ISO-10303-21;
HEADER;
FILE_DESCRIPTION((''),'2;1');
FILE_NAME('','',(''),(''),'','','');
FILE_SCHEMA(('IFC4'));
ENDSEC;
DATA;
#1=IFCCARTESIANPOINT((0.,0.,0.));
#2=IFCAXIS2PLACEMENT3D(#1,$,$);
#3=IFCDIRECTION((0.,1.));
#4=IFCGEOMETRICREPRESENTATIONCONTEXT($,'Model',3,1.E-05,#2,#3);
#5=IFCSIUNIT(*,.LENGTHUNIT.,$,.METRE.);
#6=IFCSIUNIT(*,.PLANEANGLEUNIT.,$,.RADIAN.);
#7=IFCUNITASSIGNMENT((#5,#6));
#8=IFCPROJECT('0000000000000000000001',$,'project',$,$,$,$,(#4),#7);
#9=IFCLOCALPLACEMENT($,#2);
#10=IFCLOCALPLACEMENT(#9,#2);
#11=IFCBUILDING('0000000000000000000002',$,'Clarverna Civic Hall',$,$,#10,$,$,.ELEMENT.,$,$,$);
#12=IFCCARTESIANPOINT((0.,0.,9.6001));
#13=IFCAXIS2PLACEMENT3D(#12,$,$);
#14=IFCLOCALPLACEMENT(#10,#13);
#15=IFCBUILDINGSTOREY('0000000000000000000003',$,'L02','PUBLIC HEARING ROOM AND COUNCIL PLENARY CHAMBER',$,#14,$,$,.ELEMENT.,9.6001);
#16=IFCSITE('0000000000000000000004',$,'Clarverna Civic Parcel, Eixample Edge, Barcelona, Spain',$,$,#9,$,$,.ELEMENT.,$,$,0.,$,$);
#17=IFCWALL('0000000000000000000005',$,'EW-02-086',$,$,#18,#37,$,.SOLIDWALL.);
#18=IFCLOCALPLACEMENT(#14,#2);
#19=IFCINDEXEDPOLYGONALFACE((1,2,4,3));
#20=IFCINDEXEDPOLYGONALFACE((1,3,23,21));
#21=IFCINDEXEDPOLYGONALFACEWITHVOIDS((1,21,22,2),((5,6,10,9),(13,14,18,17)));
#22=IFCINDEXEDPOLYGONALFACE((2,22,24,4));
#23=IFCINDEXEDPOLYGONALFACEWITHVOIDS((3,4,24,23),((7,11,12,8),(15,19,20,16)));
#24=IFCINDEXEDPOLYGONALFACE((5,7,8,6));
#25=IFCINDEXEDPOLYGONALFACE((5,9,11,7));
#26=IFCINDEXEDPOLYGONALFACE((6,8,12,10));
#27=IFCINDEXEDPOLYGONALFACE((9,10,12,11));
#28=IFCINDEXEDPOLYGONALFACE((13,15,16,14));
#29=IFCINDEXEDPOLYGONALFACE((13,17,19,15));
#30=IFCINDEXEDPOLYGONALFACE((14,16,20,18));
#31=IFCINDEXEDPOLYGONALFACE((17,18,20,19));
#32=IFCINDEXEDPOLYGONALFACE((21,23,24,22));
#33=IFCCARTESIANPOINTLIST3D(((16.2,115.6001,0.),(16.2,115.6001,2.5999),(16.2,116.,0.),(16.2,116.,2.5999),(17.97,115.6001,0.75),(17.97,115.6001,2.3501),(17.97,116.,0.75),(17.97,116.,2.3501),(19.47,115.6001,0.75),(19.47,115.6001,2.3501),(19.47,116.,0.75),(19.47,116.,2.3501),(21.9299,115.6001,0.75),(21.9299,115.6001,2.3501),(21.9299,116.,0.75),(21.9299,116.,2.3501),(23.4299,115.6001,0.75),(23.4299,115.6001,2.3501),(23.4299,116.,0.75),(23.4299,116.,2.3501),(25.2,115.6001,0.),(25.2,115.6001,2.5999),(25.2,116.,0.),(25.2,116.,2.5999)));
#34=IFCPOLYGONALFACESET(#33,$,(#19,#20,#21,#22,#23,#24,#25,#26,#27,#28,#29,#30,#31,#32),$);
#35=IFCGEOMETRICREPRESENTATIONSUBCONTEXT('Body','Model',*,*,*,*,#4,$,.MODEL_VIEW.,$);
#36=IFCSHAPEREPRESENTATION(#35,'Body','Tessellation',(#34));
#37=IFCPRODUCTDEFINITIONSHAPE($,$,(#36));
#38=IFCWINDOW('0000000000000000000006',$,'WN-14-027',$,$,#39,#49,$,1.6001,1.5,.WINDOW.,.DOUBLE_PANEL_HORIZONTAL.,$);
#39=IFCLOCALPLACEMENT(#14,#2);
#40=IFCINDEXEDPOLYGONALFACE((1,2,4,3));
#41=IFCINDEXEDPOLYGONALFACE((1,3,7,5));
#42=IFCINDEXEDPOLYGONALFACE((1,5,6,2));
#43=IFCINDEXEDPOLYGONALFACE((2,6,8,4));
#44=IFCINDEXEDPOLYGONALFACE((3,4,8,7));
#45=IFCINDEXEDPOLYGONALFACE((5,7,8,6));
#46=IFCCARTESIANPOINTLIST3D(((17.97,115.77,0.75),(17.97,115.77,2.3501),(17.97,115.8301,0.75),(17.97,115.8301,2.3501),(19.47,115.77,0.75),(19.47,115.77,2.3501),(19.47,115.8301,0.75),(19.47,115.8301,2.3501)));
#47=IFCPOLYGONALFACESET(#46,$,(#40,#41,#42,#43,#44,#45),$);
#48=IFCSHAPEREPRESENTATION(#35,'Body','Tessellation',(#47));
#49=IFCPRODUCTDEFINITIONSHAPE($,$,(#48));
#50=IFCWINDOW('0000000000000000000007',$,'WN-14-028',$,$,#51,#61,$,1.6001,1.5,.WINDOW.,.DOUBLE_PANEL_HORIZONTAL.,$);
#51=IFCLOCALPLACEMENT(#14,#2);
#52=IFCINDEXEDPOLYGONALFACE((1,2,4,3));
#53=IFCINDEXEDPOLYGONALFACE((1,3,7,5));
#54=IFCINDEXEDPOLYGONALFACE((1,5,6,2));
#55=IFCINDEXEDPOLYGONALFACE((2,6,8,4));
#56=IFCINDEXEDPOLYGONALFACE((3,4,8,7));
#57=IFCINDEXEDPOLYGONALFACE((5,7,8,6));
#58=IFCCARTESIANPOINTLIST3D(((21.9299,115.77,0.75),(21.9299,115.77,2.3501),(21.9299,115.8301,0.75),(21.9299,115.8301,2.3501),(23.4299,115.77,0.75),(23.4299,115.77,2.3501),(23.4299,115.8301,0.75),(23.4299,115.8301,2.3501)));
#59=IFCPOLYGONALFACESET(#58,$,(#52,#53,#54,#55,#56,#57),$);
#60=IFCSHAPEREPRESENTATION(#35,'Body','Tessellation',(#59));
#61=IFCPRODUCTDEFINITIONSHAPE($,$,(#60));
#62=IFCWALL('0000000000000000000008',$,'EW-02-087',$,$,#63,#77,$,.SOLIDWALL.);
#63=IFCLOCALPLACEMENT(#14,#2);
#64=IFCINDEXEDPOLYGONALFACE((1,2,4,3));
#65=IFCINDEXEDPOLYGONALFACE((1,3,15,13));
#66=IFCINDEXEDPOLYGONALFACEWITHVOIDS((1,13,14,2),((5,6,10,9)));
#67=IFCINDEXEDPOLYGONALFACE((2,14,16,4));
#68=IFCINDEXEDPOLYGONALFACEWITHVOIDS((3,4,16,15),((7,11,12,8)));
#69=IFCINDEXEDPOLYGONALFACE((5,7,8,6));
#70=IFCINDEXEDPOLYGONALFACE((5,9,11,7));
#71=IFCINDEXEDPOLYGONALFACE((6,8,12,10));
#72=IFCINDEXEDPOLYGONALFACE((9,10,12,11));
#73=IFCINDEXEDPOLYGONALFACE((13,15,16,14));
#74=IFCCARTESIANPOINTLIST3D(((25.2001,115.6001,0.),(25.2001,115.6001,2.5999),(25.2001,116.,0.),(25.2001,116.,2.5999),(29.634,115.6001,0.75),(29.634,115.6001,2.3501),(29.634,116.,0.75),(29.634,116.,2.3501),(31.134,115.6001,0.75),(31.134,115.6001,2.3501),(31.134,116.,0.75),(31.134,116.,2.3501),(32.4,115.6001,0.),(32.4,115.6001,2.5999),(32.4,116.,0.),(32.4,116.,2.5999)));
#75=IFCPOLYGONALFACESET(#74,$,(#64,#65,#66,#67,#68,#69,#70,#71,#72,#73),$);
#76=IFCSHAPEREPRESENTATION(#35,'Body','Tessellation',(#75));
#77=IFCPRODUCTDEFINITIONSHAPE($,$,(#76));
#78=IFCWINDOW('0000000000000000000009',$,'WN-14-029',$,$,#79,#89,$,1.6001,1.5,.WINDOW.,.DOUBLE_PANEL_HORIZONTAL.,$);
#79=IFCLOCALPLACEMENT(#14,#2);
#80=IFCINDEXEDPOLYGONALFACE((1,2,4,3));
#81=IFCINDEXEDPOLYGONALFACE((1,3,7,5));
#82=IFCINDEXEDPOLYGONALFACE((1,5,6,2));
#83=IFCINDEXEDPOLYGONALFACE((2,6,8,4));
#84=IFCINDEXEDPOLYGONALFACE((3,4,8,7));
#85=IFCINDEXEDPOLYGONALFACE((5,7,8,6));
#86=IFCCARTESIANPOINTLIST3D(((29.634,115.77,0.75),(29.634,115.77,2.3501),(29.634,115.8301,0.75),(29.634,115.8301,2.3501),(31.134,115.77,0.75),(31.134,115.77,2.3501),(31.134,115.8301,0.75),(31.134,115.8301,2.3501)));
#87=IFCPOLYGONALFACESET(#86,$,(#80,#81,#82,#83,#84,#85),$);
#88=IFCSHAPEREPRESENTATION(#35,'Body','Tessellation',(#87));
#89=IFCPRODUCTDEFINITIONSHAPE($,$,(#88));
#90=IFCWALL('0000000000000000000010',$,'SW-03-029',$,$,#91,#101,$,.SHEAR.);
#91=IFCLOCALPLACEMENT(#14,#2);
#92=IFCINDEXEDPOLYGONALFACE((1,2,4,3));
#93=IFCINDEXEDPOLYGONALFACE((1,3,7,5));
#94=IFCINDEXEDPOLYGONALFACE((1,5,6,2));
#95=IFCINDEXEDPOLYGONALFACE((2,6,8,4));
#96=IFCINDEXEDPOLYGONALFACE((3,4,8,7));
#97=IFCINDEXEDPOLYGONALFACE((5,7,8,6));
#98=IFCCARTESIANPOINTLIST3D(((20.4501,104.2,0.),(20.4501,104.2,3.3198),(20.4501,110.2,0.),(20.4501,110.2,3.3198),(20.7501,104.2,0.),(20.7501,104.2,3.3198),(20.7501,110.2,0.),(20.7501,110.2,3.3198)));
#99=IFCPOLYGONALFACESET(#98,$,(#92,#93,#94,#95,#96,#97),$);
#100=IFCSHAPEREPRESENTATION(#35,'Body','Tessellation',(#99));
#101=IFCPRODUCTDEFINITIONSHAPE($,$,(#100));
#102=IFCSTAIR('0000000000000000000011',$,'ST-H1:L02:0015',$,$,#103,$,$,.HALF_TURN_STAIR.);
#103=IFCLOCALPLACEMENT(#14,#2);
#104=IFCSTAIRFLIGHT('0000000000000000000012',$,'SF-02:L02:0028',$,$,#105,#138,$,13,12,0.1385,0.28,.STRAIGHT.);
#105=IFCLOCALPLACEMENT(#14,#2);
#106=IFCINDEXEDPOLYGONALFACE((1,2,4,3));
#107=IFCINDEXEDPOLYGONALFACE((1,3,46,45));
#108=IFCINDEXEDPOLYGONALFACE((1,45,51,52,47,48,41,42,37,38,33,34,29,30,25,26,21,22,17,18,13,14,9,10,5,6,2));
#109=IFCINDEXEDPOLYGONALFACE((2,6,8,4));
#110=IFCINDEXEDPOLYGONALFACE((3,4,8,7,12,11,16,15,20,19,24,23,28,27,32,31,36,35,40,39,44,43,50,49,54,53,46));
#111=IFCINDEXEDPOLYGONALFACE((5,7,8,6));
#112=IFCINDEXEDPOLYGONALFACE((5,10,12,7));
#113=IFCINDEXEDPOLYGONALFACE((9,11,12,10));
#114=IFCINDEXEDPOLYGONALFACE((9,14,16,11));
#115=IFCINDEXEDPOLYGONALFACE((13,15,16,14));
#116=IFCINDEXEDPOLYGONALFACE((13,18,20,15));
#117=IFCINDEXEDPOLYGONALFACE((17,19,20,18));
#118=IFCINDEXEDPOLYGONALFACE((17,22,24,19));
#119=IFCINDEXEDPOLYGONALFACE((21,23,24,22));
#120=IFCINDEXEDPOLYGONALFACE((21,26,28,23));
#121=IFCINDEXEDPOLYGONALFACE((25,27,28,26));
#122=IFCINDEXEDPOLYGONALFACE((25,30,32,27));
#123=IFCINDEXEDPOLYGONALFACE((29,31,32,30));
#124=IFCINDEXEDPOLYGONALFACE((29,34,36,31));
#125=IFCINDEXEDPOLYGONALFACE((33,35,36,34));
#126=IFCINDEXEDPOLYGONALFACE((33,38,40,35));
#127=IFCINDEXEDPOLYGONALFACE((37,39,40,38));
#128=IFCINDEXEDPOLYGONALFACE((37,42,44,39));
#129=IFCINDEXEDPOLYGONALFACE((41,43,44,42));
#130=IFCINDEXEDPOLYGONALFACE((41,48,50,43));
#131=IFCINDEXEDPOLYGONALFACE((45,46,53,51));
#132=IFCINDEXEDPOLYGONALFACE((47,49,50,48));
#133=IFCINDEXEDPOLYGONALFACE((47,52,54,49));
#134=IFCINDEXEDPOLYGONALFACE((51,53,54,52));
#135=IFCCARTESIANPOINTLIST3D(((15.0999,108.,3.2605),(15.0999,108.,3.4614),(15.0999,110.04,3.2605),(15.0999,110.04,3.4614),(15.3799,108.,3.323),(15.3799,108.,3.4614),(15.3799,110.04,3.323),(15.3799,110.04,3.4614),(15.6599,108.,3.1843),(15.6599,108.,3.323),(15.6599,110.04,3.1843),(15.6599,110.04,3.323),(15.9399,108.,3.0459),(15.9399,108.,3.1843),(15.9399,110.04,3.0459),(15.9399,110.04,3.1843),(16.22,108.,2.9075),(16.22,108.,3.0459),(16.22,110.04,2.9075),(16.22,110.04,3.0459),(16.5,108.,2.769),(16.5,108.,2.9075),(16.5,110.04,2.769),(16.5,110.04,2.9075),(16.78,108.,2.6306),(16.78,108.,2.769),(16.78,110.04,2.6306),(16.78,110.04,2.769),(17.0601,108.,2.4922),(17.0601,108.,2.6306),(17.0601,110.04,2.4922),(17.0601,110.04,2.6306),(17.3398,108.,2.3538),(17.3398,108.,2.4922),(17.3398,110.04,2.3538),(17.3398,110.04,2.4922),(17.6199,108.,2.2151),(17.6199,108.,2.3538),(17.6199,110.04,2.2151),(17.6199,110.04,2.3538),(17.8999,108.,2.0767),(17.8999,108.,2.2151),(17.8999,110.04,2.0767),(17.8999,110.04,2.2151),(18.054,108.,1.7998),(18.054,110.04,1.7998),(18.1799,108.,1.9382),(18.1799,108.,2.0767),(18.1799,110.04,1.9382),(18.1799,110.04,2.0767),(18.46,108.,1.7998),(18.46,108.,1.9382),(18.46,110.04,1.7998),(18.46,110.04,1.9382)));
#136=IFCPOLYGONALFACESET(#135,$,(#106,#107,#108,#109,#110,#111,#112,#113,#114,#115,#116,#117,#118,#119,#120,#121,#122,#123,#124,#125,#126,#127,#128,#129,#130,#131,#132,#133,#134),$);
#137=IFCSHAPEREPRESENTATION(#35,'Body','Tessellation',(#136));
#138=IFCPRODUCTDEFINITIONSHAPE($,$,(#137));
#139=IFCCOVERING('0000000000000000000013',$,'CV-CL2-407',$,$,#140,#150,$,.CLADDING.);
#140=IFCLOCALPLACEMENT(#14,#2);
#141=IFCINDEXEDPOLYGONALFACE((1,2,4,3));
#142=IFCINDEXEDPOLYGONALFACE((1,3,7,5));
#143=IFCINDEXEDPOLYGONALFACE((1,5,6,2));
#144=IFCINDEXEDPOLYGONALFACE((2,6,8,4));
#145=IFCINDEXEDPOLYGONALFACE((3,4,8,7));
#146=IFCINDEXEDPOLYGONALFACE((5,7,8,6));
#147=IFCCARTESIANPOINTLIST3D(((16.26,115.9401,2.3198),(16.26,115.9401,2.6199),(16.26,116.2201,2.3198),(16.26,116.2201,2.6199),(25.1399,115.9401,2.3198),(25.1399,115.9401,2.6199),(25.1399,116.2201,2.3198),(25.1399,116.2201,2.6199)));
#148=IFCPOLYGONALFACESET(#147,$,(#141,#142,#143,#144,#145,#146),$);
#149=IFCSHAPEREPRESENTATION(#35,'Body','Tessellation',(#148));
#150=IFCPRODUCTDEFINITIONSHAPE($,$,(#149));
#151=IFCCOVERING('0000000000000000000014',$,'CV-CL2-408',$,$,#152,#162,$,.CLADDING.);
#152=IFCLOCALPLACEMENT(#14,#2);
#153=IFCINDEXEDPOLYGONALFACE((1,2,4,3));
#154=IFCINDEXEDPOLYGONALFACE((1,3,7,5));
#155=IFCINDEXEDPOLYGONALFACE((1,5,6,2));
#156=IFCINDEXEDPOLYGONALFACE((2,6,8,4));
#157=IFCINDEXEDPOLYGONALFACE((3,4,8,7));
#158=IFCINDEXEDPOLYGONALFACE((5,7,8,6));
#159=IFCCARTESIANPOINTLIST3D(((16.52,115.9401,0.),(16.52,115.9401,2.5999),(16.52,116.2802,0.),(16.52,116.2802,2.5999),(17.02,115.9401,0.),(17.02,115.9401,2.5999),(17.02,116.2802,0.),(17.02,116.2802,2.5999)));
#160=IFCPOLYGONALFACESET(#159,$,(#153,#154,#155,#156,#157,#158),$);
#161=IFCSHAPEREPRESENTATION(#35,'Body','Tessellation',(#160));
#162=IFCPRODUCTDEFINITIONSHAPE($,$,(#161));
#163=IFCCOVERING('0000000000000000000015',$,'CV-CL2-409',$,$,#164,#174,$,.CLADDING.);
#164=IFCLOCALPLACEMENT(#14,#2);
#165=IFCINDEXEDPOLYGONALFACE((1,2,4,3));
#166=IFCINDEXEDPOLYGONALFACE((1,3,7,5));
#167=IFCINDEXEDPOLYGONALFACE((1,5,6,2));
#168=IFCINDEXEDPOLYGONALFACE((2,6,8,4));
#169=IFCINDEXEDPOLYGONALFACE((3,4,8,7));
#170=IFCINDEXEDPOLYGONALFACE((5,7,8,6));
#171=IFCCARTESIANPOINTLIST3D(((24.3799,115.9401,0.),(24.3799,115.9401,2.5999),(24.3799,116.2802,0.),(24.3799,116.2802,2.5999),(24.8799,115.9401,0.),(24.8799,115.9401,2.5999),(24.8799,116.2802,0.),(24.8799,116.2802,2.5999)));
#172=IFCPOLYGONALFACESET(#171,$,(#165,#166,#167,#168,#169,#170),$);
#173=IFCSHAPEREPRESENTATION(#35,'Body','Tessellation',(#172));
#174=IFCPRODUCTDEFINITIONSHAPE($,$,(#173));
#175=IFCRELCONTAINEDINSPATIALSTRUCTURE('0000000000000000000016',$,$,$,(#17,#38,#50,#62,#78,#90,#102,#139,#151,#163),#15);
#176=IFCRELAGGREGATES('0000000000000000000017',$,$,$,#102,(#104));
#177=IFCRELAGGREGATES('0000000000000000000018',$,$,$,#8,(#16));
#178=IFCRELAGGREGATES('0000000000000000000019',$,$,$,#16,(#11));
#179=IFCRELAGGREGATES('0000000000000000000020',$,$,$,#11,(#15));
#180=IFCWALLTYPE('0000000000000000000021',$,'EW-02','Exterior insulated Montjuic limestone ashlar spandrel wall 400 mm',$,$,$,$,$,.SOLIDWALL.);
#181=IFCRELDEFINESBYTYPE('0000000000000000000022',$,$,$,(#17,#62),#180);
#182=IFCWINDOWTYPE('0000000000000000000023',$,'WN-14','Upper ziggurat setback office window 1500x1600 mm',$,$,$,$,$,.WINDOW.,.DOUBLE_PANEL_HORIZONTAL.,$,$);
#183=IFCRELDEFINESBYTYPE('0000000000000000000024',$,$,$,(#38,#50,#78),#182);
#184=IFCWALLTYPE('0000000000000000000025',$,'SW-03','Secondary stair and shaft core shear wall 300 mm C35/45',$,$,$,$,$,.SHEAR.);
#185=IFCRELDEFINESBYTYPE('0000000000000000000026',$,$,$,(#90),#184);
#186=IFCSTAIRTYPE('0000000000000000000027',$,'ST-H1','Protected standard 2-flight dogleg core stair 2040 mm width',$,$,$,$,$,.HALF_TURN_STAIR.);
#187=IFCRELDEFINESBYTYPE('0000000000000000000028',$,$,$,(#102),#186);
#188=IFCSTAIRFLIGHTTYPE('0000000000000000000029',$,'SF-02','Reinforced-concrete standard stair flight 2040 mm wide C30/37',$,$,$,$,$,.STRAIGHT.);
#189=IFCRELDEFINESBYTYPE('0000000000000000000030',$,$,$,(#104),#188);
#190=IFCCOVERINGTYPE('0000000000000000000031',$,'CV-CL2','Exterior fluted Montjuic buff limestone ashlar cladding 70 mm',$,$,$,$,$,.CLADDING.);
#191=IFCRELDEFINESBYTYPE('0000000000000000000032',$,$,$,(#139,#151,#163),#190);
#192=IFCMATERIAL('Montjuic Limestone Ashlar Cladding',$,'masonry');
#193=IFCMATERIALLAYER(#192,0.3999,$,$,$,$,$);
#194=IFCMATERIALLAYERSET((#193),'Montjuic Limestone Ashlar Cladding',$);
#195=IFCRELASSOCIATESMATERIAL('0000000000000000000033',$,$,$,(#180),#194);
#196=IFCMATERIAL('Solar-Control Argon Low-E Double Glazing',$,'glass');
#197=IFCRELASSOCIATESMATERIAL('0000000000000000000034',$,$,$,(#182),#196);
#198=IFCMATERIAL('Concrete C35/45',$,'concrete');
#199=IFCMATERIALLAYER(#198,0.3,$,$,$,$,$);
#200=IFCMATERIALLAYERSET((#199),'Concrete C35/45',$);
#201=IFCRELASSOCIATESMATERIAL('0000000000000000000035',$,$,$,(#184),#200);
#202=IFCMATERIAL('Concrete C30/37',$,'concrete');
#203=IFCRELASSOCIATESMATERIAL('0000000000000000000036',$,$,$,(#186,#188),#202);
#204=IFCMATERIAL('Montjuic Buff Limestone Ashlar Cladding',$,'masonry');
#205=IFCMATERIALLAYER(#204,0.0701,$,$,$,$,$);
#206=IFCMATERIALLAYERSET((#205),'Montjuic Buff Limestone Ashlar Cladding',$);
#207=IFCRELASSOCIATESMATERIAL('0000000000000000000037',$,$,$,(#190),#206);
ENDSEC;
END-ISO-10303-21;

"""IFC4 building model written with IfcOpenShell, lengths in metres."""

from ifc_helpers import new_model, si_unit, direction, frame, frame_2d, origin, place, context, subcontext, project, spatial, polyline, rectangle, outline, extrude, material, layer, layer_set, type_object, element, fill, aggregate, save


model = new_model("IFC4")

# Units and contexts
model_context = context("Model", 3, precision=1e-05, world=origin(), true_north=direction((0.0, 1.0)))
body_context = subcontext(model_context, "Body", "Model", "MODEL_VIEW")
ifc_project = project(units=[si_unit("LENGTHUNIT", "METRE"), si_unit("PLANEANGLEUNIT", "RADIAN")], contexts=[model_context])

# Site, building, storey
site_placement = place(None, origin())
site = spatial("IfcSite", under=ifc_project, at=site_placement, Name="Clarverna Civic Parcel, Eixample Edge, Barcelona, Spain", CompositionType="ELEMENT", RefElevation=0.0)
building_placement = place(site_placement, origin())
building = spatial("IfcBuilding", under=site, at=building_placement, Name="Clarverna Civic Hall", CompositionType="ELEMENT")
storey_placement = place(building_placement, frame((0.0, 0.0, 9.6001)))
storey = spatial("IfcBuildingStorey", under=building, at=storey_placement, Name="L02", Description="PUBLIC HEARING ROOM AND COUNCIL PLENARY CHAMBER", CompositionType="ELEMENT", Elevation=9.6001)

# Shared definitions
ifc_material_1 = material(Name="Concrete C35/45", Category="concrete")

# Wall, openings, windows
ifc_material_2 = material(Name="Montjuic Limestone Ashlar Cladding", Category="masonry")
ifc_layer_1 = layer(ifc_material_2, 0.3999)
ifc_layer_set_1 = layer_set([ifc_layer_1], Name="Montjuic Limestone Ashlar Cladding")
wall_type_1 = type_object("IfcWallType", Name="EW-02", Description="Exterior insulated Montjuic limestone ashlar spandrel wall 400 mm", PredefinedType="SOLIDWALL", material=ifc_layer_set_1)
wall_1_placement = place(storey_placement, frame((16.2, 115.8, 0.0), z_axis=(0.0, 0.0, 1.0), x_axis=(1.0, 0.0, 0.0)))
wall_1 = element("IfcWall", 1, at=wall_1_placement, inside=storey, type_object=wall_type_1, Name="EW-02-086", PredefinedType="SOLIDWALL", context=body_context, shape_type="SweptSolid", body=[
    extrude(rectangle(XDim=9.0, YDim=0.3999, at=frame_2d((4.5, 0.0))), origin(), (0.0, 0.0, 1.0), 2.5999),
])
opening_1_placement = place(wall_1_placement, frame((1.77, 0.0, 0.75)))
opening_1 = element("IfcOpeningElement", 2, at=opening_1_placement, cuts=wall_1, PredefinedType="OPENING", context=body_context, shape_type="SweptSolid", body=[
    extrude(rectangle(XDim=1.5, YDim=1.6001, at=frame_2d((0.75, 0.8))), frame((0.0, 0.21, 0.0), z_axis=(0.0, -1.0, 0.0), x_axis=(1.0, 0.0, 0.0)), (0.0, 0.0, 1.0), 0.4199),
])
opening_2_placement = place(wall_1_placement, frame((5.73, 0.0, 0.75)))
opening_2 = element("IfcOpeningElement", 3, at=opening_2_placement, cuts=wall_1, PredefinedType="OPENING", context=body_context, shape_type="SweptSolid", body=[
    extrude(rectangle(XDim=1.5, YDim=1.6001, at=frame_2d((0.75, 0.8))), frame((0.0, 0.21, 0.0), z_axis=(0.0, -1.0, 0.0), x_axis=(1.0, 0.0, 0.0)), (0.0, 0.0, 1.0), 0.4199),
])
ifc_material_3 = material(Name="Solar-Control Argon Low-E Double Glazing", Category="glass")
window_type = type_object("IfcWindowType", Name="WN-14", Description="Upper ziggurat setback office window 1500x1600 mm", PartitioningType="DOUBLE_PANEL_HORIZONTAL", PredefinedType="WINDOW", material=ifc_material_3)
window_1_placement = place(opening_1_placement, origin())
window_1 = element("IfcWindow", 4, at=window_1_placement, inside=storey, type_object=window_type, Name="WN-14-027", OverallHeight=1.6001, OverallWidth=1.5, PartitioningType="DOUBLE_PANEL_HORIZONTAL", PredefinedType="WINDOW", context=body_context, shape_type="SweptSolid", body=[
    extrude(rectangle(XDim=1.5, YDim=1.6001, at=frame_2d((0.75, 0.8))), frame((0.0, 0.03, 0.0), z_axis=(0.0, -1.0, 0.0), x_axis=(1.0, 0.0, 0.0)), (0.0, 0.0, 1.0), 0.0601),
])
fill(opening_1, window_1)
window_2_placement = place(opening_2_placement, origin())
window_2 = element("IfcWindow", 5, at=window_2_placement, inside=storey, type_object=window_type, Name="WN-14-028", OverallHeight=1.6001, OverallWidth=1.5, PartitioningType="DOUBLE_PANEL_HORIZONTAL", PredefinedType="WINDOW", context=body_context, shape_type="SweptSolid", body=[
    extrude(rectangle(XDim=1.5, YDim=1.6001, at=frame_2d((0.75, 0.8))), frame((0.0, 0.03, 0.0), z_axis=(0.0, -1.0, 0.0), x_axis=(1.0, 0.0, 0.0)), (0.0, 0.0, 1.0), 0.0601),
])
fill(opening_2, window_2)

# Wall, opening, window
wall_2_placement = place(storey_placement, frame((25.2, 115.8, 0.0), z_axis=(0.0, 0.0, 1.0), x_axis=(1.0, 0.0, 0.0)))
wall_2 = element("IfcWall", 6, at=wall_2_placement, inside=storey, type_object=wall_type_1, Name="EW-02-087", PredefinedType="SOLIDWALL", context=body_context, shape_type="SweptSolid", body=[
    extrude(rectangle(XDim=7.2, YDim=0.3999, at=frame_2d((3.6001, 0.0))), origin(), (0.0, 0.0, 1.0), 2.5999),
])
opening_3_placement = place(wall_2_placement, frame((4.4341, 0.0, 0.75)))
opening_3 = element("IfcOpeningElement", 7, at=opening_3_placement, cuts=wall_2, PredefinedType="OPENING", context=body_context, shape_type="SweptSolid", body=[
    extrude(rectangle(XDim=1.5, YDim=1.6001, at=frame_2d((0.75, 0.8))), frame((0.0, 0.21, 0.0), z_axis=(0.0, -1.0, 0.0), x_axis=(1.0, 0.0, 0.0)), (0.0, 0.0, 1.0), 0.4199),
])
window_3_placement = place(opening_3_placement, origin())
window_3 = element("IfcWindow", 8, at=window_3_placement, inside=storey, type_object=window_type, Name="WN-14-029", OverallHeight=1.6001, OverallWidth=1.5, PartitioningType="DOUBLE_PANEL_HORIZONTAL", PredefinedType="WINDOW", context=body_context, shape_type="SweptSolid", body=[
    extrude(rectangle(XDim=1.5, YDim=1.6001, at=frame_2d((0.75, 0.8))), frame((0.0, 0.03, 0.0), z_axis=(0.0, -1.0, 0.0), x_axis=(1.0, 0.0, 0.0)), (0.0, 0.0, 1.0), 0.0601),
])
fill(opening_3, window_3)

# Wall
ifc_layer_2 = layer(ifc_material_1, 0.3)
ifc_layer_set_2 = layer_set([ifc_layer_2], Name="Concrete C35/45")
wall_type_2 = type_object("IfcWallType", Name="SW-03", Description="Secondary stair and shaft core shear wall 300 mm C35/45", PredefinedType="SHEAR", material=ifc_layer_set_2)
wall_3_placement = place(storey_placement, frame((20.6001, 104.2, 0.0), z_axis=(0.0, 0.0, 1.0), x_axis=(0.0, 1.0, 0.0)))
element("IfcWall", 9, at=wall_3_placement, inside=storey, type_object=wall_type_2, Name="SW-03-029", PredefinedType="SHEAR", context=body_context, shape_type="SweptSolid", body=[
    extrude(rectangle(XDim=6.0, YDim=0.3, at=frame_2d((3.0, 0.0))), origin(), (0.0, 0.0, 1.0), 3.3198),
])

# Stair, stair flight
ifc_material_4 = material(Name="Concrete C30/37", Category="concrete")
stair_type = type_object("IfcStairType", Name="ST-H1", Description="Protected standard 2-flight dogleg core stair 2040 mm width", PredefinedType="HALF_TURN_STAIR", material=ifc_material_4)
stair_placement = place(storey_placement, origin())
stair = element("IfcStair", 10, at=stair_placement, inside=storey, type_object=stair_type, Name="ST-H1:L02:0015", PredefinedType="HALF_TURN_STAIR")
stair_flight_type = type_object("IfcStairFlightType", Name="SF-02", Description="Reinforced-concrete standard stair flight 2040 mm wide C30/37", PredefinedType="STRAIGHT", material=ifc_material_4)
stair_flight_placement = place(storey_placement, frame((18.46, 109.02, 1.7998), z_axis=(0.0, 0.0, 1.0), x_axis=(-1.0, 0.0, 0.0)))
stair_flight = element("IfcStairFlight", 11, at=stair_flight_placement, type_object=stair_flight_type, Name="SF-02:L02:0028", NumberOfRisers=13, NumberOfTreads=12, PredefinedType="STRAIGHT", RiserHeight=0.1385, TreadLength=0.28, context=body_context, shape_type="SweptSolid", body=[
    extrude(outline(polyline([(0.0, 0.0), (0.0, 0.1384), (0.28, 0.1384), (0.28, 0.2769), (0.5601, 0.2769), (0.5601, 0.4153), (0.8401, 0.4153), (0.8401, 0.554), (1.1201, 0.554), (1.1201, 0.6924), (1.3999, 0.6924), (1.3999, 0.8308), (1.6799, 0.8308), (1.6799, 0.9692), (1.96, 0.9692), (1.96, 1.1077), (2.24, 1.1077), (2.24, 1.2461), (2.52, 1.2461), (2.52, 1.3845), (2.8, 1.3845), (2.8, 1.5232), (3.0801, 1.5232), (3.0801, 1.6616), (3.3601, 1.6616), (3.3601, 1.8), (3.3601, 1.4607), (0.406, 0.0), (0.0, 0.0)])), frame((0.0, 1.02, 0.0), z_axis=(0.0, -1.0, 0.0), x_axis=(1.0, 0.0, 0.0)), (0.0, 0.0, 1.0), 2.04),
])
aggregate(stair, [stair_flight])

# Coverings
ifc_material_5 = material(Name="Montjuic Buff Limestone Ashlar Cladding", Category="masonry")
ifc_layer_3 = layer(ifc_material_5, 0.0701)
ifc_layer_set_3 = layer_set([ifc_layer_3], Name="Montjuic Buff Limestone Ashlar Cladding")
covering_type = type_object("IfcCoveringType", Name="CV-CL2", Description="Exterior fluted Montjuic buff limestone ashlar cladding 70 mm", PredefinedType="CLADDING", material=ifc_layer_set_3)
covering_1_placement = place(storey_placement, frame((16.26, 116.0801, 2.3198), z_axis=(0.0, 0.0, 1.0), x_axis=(1.0, 0.0, 0.0)))
element("IfcCovering", 12, at=covering_1_placement, inside=storey, type_object=covering_type, Name="CV-CL2-407", PredefinedType="CLADDING", context=body_context, shape_type="SweptSolid", body=[
    extrude(rectangle(XDim=8.8799, YDim=0.28, at=frame_2d((4.4399, 0.0))), origin(), (0.0, 0.0, 1.0), 0.3),
])
for number, where, z_axis, x_axis, name in (
    (13, (16.52, 116.1101, 0.0), (0.0, 0.0, 1.0), (1.0, 0.0, 0.0), "CV-CL2-408"),
    (14, (24.3799, 116.1101, 0.0), (0.0, 0.0, 1.0), (1.0, 0.0, 0.0), "CV-CL2-409"),
):
    element("IfcCovering", number, at=place(storey_placement, frame(where, z_axis=z_axis, x_axis=x_axis)), inside=storey, type_object=covering_type, Name=name, PredefinedType="CLADDING", context=body_context, shape_type="SweptSolid", body=[
        extrude(rectangle(XDim=0.5, YDim=0.3401, at=frame_2d((0.25, 0.0))), origin(), (0.0, 0.0, 1.0), 2.5999),
    ])

save(model, "model.ifc")
